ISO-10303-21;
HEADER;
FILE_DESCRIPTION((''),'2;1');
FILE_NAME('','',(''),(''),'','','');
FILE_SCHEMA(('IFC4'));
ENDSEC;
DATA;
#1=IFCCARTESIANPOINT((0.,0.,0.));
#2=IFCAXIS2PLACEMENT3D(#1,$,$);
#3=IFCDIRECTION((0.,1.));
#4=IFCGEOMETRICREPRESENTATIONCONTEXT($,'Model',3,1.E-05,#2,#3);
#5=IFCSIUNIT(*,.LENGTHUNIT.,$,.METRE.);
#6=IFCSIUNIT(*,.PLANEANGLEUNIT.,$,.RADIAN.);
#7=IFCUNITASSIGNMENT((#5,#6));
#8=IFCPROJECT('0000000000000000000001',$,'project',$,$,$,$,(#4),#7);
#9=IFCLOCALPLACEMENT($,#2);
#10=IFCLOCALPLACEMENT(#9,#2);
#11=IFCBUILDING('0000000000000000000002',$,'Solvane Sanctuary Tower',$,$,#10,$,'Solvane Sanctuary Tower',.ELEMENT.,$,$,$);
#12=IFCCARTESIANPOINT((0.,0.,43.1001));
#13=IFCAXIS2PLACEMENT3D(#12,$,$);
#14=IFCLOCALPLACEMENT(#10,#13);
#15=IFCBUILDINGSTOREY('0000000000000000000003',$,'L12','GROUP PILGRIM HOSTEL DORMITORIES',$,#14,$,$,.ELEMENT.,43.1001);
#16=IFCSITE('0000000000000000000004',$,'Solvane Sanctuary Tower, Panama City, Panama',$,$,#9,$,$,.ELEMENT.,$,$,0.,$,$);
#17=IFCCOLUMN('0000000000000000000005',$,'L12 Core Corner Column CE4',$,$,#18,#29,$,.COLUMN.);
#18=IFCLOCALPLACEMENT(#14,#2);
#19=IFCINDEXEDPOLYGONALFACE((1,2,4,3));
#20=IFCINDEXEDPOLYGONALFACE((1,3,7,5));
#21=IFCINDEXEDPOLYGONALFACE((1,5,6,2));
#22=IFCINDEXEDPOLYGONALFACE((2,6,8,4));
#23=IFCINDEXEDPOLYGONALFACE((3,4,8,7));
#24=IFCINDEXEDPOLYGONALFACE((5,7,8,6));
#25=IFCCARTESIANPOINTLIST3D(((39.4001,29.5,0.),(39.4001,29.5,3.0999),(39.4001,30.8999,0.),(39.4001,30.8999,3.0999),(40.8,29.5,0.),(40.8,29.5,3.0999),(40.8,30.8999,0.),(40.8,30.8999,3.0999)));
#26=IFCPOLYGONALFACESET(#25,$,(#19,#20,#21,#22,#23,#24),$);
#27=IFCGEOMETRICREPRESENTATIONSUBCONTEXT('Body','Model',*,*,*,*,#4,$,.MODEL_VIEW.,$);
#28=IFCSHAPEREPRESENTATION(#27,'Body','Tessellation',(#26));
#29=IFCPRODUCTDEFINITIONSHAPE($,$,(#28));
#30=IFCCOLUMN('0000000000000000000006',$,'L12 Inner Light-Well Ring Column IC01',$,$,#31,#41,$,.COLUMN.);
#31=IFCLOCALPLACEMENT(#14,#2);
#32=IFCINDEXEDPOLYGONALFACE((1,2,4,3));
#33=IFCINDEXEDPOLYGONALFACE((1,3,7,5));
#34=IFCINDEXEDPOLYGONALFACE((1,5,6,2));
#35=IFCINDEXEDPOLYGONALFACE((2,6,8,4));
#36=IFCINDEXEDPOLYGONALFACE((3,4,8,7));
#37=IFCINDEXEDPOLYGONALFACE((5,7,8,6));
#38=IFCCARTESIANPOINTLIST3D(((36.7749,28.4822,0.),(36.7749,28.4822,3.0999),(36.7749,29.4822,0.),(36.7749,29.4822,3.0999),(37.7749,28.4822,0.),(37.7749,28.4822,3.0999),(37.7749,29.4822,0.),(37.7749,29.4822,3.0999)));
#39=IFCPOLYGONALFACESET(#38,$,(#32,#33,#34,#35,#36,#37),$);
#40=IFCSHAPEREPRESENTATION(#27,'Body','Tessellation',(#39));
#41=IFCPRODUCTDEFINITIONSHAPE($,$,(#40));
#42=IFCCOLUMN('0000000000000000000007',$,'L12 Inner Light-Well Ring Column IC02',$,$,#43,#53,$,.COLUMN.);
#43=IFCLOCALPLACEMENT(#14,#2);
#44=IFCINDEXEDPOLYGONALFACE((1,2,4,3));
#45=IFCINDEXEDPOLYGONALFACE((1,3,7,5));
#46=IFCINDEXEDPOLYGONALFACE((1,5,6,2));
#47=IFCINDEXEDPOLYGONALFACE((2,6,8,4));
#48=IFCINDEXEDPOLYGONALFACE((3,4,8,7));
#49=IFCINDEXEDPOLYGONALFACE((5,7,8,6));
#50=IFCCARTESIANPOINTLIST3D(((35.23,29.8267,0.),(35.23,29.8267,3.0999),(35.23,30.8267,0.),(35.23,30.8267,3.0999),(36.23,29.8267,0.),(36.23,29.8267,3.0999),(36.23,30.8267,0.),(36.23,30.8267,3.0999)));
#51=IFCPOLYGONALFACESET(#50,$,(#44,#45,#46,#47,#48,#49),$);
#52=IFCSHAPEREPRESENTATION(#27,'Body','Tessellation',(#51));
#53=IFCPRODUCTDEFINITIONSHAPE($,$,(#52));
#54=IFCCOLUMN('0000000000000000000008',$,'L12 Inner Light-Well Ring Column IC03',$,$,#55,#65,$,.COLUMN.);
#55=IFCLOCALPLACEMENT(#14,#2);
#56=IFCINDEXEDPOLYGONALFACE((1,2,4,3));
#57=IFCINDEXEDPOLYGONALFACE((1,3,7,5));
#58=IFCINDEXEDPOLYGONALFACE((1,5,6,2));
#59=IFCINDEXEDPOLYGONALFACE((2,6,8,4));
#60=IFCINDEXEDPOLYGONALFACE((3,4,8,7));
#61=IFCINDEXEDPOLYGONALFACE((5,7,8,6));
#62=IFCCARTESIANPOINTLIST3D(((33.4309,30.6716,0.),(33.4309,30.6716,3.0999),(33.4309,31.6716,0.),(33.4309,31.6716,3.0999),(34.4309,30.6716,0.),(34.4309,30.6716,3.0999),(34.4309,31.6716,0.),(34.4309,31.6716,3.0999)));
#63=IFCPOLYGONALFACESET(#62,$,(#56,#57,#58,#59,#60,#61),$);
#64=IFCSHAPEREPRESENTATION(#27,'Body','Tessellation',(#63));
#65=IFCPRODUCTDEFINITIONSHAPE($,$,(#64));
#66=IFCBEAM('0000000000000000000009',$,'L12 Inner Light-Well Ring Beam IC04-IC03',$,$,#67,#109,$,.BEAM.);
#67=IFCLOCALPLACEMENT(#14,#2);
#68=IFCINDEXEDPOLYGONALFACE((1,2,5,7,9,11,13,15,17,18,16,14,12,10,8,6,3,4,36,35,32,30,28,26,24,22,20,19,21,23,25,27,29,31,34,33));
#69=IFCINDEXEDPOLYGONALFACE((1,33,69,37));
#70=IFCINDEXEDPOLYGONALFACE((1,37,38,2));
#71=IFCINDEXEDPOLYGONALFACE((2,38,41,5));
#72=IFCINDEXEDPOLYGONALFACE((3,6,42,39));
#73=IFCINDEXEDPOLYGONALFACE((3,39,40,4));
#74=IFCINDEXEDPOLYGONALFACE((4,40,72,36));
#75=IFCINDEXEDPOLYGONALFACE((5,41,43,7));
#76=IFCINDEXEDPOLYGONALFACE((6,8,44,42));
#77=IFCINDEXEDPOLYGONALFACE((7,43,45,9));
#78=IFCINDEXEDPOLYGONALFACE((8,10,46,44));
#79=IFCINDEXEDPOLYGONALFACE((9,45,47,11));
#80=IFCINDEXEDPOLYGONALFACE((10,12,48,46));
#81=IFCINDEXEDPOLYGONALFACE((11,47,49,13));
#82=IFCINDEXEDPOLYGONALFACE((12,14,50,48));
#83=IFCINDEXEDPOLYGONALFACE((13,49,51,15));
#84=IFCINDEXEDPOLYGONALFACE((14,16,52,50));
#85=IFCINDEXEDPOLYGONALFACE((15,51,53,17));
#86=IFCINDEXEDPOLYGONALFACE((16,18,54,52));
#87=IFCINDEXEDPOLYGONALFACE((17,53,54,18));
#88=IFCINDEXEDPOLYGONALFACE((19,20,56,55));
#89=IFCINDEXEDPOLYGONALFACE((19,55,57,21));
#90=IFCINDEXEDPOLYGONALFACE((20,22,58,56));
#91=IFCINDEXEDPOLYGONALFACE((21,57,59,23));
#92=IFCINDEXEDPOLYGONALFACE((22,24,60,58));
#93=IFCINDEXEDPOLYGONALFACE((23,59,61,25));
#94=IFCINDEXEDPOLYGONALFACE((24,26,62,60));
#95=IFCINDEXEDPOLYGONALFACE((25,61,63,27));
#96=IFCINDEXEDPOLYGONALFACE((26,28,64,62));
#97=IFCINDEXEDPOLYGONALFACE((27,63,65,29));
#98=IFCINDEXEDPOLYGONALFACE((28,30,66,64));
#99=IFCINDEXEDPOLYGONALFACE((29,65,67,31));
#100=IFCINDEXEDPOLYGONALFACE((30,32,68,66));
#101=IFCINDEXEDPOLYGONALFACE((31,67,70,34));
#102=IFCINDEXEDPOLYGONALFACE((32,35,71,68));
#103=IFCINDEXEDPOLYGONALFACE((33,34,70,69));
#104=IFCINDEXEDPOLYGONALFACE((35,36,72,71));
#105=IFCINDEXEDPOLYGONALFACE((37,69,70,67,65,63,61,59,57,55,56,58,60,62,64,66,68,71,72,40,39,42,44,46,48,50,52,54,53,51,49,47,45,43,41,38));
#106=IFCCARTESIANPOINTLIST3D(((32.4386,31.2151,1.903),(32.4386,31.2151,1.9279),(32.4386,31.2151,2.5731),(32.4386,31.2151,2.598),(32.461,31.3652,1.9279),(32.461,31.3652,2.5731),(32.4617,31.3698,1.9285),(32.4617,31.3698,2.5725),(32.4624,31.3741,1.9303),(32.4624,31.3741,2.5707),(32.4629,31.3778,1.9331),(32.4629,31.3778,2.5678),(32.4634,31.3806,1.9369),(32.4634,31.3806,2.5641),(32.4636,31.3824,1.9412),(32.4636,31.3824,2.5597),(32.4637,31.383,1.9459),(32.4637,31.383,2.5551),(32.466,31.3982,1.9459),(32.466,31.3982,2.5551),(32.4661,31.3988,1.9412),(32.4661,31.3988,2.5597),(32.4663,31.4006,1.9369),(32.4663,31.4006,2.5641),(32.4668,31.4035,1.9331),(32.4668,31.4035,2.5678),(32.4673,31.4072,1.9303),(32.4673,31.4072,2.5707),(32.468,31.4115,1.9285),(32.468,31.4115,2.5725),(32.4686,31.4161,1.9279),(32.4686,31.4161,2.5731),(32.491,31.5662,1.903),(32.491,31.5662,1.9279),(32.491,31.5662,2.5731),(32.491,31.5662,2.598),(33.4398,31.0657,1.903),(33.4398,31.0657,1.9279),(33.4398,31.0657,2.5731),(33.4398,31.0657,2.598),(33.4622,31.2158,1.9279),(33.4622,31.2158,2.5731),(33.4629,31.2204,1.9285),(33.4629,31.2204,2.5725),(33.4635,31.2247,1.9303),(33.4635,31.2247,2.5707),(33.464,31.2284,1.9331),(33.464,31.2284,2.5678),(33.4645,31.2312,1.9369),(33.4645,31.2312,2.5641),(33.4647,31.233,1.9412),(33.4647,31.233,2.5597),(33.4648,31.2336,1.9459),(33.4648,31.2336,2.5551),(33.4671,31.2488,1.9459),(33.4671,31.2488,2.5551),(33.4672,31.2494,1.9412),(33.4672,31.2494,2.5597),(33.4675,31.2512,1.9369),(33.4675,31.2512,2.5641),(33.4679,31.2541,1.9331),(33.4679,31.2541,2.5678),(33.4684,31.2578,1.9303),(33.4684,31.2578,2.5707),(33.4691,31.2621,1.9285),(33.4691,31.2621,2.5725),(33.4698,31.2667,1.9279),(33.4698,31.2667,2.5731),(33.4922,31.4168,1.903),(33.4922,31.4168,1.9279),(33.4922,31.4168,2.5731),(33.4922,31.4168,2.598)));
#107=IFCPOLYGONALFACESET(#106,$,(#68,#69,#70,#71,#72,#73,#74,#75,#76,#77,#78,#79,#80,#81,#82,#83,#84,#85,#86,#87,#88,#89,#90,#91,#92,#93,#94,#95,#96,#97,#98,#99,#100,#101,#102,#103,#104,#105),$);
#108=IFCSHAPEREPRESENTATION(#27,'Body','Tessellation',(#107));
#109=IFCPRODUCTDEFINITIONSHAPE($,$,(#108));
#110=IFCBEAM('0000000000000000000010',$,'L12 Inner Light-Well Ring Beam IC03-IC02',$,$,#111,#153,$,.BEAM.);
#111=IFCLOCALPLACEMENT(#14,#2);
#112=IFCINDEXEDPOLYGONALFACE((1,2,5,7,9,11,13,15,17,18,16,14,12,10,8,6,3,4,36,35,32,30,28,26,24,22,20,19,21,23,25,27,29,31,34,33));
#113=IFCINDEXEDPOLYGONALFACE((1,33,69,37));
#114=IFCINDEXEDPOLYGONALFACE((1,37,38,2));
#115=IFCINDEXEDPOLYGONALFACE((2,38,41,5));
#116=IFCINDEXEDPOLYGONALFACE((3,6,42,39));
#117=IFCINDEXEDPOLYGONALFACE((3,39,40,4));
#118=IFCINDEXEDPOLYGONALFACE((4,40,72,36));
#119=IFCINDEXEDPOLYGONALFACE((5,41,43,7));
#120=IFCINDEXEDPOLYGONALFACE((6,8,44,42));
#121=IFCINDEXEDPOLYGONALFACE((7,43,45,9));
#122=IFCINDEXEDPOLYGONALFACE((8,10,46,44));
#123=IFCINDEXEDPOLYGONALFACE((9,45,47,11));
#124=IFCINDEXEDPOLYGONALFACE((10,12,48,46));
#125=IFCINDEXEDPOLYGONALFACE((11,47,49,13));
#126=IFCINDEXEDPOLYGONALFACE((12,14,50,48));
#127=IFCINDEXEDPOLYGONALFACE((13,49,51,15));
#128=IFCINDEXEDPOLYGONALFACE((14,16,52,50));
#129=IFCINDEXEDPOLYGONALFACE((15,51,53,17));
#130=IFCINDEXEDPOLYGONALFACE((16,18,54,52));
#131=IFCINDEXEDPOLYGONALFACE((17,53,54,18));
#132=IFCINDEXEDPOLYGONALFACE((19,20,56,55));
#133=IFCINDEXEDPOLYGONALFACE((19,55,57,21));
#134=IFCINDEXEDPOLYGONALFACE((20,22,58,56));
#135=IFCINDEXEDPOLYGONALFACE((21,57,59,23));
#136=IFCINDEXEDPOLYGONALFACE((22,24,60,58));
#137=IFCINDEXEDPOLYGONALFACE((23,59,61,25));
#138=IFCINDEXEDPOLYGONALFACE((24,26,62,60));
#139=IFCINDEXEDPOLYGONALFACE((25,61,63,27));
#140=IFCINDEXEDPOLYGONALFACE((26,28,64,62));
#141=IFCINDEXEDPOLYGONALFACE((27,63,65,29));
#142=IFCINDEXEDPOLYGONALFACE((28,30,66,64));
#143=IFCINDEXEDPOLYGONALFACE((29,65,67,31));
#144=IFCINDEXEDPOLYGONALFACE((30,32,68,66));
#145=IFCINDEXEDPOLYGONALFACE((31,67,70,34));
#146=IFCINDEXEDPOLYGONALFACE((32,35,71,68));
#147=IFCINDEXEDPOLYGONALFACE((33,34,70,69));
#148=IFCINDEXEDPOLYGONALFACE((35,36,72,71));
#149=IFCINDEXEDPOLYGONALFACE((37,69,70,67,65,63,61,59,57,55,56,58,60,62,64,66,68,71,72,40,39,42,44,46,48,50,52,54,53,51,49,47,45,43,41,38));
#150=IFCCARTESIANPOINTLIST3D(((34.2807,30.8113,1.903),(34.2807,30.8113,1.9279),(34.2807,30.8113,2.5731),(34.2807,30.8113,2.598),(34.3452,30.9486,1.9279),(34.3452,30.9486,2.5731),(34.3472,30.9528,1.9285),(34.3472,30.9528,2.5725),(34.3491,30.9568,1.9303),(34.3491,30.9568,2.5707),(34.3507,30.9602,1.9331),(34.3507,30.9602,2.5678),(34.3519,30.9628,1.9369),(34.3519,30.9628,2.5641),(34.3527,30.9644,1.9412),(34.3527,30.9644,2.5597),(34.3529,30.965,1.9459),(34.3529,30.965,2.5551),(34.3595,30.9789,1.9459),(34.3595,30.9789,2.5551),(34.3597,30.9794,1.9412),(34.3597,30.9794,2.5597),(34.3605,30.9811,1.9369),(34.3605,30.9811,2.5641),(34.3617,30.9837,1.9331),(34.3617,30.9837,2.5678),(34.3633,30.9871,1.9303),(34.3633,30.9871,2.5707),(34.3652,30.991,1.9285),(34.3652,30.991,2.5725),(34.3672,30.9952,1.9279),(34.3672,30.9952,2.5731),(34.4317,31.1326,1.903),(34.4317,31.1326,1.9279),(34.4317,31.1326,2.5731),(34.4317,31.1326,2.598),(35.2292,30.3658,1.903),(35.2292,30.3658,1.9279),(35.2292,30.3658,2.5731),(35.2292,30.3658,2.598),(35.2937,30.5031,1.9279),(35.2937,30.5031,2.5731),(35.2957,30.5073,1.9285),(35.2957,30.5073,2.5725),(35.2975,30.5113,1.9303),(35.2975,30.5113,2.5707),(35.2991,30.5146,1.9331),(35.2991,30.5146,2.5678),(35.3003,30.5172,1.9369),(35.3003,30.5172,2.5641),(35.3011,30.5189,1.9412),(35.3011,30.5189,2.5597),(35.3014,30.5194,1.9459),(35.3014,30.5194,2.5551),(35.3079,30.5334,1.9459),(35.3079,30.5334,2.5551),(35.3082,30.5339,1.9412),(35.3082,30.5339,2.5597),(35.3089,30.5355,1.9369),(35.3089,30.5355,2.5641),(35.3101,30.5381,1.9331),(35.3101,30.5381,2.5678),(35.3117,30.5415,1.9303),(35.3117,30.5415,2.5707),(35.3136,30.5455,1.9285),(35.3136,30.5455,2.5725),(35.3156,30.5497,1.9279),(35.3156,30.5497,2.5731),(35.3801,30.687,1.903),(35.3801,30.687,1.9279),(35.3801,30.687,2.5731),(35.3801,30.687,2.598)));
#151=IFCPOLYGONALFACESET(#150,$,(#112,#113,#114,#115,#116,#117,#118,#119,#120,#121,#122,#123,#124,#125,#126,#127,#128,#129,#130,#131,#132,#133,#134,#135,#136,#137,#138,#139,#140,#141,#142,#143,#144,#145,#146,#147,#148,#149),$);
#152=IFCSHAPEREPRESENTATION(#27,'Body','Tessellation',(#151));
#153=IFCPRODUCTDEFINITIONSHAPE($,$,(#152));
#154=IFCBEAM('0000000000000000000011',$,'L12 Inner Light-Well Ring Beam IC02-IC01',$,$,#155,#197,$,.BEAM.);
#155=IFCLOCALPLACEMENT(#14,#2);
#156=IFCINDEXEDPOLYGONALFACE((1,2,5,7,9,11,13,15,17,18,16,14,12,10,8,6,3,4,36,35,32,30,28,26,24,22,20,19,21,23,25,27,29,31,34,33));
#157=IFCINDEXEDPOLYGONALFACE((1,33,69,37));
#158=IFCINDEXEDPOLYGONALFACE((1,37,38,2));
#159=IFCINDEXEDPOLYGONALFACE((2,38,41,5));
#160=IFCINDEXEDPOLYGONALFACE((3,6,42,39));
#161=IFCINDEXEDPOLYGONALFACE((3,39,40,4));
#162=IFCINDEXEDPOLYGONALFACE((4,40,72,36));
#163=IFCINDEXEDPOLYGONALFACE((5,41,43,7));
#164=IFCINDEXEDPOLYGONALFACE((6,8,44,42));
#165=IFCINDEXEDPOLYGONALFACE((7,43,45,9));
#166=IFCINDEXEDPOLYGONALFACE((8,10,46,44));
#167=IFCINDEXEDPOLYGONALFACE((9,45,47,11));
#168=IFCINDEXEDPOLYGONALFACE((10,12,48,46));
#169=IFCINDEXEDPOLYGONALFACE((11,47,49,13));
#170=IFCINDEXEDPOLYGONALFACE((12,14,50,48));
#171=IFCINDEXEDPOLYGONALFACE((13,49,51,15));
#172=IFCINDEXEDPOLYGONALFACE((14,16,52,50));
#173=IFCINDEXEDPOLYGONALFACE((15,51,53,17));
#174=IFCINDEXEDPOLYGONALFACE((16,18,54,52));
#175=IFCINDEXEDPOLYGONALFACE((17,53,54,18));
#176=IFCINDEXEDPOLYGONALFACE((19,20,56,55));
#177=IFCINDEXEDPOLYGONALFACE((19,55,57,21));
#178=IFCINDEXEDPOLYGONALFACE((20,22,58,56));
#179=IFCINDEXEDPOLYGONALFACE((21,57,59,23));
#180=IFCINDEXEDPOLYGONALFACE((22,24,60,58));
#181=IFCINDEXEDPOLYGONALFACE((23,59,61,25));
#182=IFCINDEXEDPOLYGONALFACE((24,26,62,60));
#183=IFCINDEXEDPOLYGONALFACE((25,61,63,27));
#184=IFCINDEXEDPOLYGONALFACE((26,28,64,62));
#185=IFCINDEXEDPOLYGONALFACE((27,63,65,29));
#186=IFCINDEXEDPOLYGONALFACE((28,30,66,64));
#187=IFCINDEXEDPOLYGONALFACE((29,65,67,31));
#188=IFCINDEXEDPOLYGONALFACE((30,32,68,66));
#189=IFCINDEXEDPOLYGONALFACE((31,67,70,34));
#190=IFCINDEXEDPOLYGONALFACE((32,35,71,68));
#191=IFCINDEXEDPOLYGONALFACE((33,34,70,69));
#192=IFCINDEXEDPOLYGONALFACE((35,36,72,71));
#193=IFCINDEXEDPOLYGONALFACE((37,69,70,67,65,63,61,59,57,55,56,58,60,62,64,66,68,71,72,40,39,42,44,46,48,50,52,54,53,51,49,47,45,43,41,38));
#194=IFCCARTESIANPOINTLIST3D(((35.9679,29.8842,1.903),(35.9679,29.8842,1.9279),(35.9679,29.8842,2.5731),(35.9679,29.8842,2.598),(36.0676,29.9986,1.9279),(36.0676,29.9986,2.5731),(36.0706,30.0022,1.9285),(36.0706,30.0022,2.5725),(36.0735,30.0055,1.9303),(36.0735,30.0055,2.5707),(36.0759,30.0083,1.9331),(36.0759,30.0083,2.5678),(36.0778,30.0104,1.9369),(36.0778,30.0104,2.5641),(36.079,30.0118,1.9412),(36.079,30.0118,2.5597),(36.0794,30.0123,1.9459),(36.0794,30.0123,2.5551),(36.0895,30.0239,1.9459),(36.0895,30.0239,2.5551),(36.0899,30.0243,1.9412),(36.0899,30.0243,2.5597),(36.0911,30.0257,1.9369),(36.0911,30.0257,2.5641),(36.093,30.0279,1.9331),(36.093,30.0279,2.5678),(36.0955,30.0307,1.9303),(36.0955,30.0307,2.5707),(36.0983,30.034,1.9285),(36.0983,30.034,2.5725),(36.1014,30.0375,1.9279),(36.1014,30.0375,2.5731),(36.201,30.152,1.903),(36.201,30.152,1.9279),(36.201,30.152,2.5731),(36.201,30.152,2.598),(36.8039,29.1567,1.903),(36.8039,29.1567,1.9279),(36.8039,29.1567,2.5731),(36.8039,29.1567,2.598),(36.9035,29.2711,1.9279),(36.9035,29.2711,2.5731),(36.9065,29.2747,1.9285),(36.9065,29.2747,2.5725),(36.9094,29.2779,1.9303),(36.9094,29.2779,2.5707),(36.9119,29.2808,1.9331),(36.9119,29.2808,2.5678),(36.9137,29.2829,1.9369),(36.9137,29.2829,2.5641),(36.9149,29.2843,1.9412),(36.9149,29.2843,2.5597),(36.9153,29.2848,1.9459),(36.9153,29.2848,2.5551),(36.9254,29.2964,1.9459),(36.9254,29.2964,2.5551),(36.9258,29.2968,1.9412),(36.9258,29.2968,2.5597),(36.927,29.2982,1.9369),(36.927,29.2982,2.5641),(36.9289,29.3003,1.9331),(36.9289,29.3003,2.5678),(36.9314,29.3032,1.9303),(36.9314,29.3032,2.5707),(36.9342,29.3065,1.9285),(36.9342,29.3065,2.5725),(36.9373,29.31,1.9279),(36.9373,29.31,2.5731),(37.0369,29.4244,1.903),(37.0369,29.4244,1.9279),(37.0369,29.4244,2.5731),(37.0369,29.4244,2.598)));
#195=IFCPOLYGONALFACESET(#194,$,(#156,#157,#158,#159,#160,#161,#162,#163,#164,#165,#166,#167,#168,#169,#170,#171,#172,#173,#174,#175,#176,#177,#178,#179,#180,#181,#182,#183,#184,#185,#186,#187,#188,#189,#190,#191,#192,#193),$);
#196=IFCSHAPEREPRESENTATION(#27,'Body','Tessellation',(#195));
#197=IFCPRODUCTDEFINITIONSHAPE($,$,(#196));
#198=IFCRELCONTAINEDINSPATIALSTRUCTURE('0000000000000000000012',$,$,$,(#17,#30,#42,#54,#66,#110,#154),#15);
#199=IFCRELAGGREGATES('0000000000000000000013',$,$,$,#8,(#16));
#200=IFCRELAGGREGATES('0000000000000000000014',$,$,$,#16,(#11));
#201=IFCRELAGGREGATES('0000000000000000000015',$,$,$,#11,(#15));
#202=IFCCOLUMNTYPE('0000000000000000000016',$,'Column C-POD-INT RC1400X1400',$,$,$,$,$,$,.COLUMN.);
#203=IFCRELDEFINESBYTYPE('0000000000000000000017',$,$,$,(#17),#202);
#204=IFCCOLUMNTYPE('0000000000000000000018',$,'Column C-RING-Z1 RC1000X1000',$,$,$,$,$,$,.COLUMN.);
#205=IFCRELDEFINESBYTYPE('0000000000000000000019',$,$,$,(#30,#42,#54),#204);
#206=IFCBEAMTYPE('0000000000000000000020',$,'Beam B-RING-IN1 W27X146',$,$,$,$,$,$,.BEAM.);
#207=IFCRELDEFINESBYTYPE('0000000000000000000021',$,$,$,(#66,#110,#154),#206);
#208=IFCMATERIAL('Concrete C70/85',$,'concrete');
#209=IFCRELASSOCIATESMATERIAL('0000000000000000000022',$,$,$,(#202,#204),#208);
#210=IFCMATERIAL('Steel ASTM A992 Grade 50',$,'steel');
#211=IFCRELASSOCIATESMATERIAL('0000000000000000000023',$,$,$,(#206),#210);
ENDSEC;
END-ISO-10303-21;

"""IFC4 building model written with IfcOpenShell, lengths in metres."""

from ifc_helpers import new_model, si_unit, direction, frame, origin, origin_2d, place, context, subcontext, project, spatial, rectangle, i_section, extrude, material, material_profile, profile_set, type_object, element, save


model = new_model("IFC4")

# Units and contexts
model_context = context("Model", 3, precision=1e-05, world=origin(), true_north=direction((0.0, 1.0)))
body_context = subcontext(model_context, "Body", "Model", "MODEL_VIEW")
ifc_project = project(units=[si_unit("LENGTHUNIT", "METRE"), si_unit("PLANEANGLEUNIT", "RADIAN")], contexts=[model_context])

# Site, building, storey
site_placement = place(None, origin())
site = spatial("IfcSite", under=ifc_project, at=site_placement, Name="Solvane Sanctuary Tower, Panama City, Panama", CompositionType="ELEMENT", RefElevation=0.0)
building_placement = place(site_placement, origin())
building = spatial("IfcBuilding", under=site, at=building_placement, Name="Solvane Sanctuary Tower", LongName="Solvane Sanctuary Tower", CompositionType="ELEMENT")
storey_placement = place(building_placement, frame((0.0, 0.0, 43.1001)))
storey = spatial("IfcBuildingStorey", under=building, at=storey_placement, Name="L12", Description="GROUP PILGRIM HOSTEL DORMITORIES", CompositionType="ELEMENT", Elevation=43.1001)

# Columns
ifc_material_1 = material(Name="Concrete C70/85", Category="concrete")
ifc_material_profile_1 = material_profile(ifc_material_1, rectangle(XDim=1.3999, YDim=1.3999, at=origin_2d()), Name="RC1400X1400")
ifc_profile_set_1 = profile_set([ifc_material_profile_1], Name="Concrete C70/85")
column_type_1 = type_object("IfcColumnType", Name="Column C-POD-INT RC1400X1400", PredefinedType="COLUMN", material=ifc_profile_set_1)
column_placement = place(storey_placement, frame((40.1001, 30.2, 0.0), z_axis=(0.0, 0.0, 1.0), x_axis=(1.0, 0.0, 0.0)))
element("IfcColumn", 1, at=column_placement, inside=storey, type_object=column_type_1, Name="L12 Core Corner Column CE4", PredefinedType="COLUMN", context=body_context, shape_type="SweptSolid", body=[
    extrude(rectangle(XDim=1.3999, YDim=1.3999, at=origin_2d()), origin(), (0.0, 0.0, 1.0), 3.0999),
])
ifc_material_profile_2 = material_profile(ifc_material_1, rectangle(XDim=1.0, YDim=1.0, at=origin_2d()), Name="RC1000X1000")
ifc_profile_set_2 = profile_set([ifc_material_profile_2], Name="Concrete C70/85")
column_type_2 = type_object("IfcColumnType", Name="Column C-RING-Z1 RC1000X1000", PredefinedType="COLUMN", material=ifc_profile_set_2)
for number, where, z_axis, x_axis, name in (
    (2, (37.2749, 28.9822, 0.0), (0.0, 0.0, 1.0), (1.0, 0.0, 0.0), "L12 Inner Light-Well Ring Column IC01"),
    (3, (35.73, 30.3267, 0.0), (0.0, 0.0, 1.0), (1.0, 0.0, 0.0), "L12 Inner Light-Well Ring Column IC02"),
    (4, (33.9309, 31.1716, 0.0), (0.0, 0.0, 1.0), (1.0, 0.0, 0.0), "L12 Inner Light-Well Ring Column IC03"),
):
    element("IfcColumn", number, at=place(storey_placement, frame(where, z_axis=z_axis, x_axis=x_axis)), inside=storey, type_object=column_type_2, Name=name, PredefinedType="COLUMN", context=body_context, shape_type="SweptSolid", body=[
        extrude(rectangle(XDim=1.0, YDim=1.0, at=origin_2d()), origin(), (0.0, 0.0, 1.0), 3.0999),
    ])

# Beams
ifc_material_2 = material(Name="Steel ASTM A992 Grade 50", Category="steel")
ifc_material_profile_3 = material_profile(ifc_material_2, i_section(OverallWidth=0.355, OverallDepth=0.6951, WebThickness=0.0154, FlangeThickness=0.0249, FilletRadius=0.0181, at=origin_2d()), Name="W27X146")
ifc_profile_set_3 = profile_set([ifc_material_profile_3], Name="Steel ASTM A992 Grade 50")
beam_type_1 = type_object("IfcBeamType", Name="Beam B-RING-IN1 W27X146", PredefinedType="BEAM", material=ifc_profile_set_3)
beam_1_placement = place(storey_placement, frame((32.4648, 31.3906, 2.2505), z_axis=(0.989048, -0.147597, 0.0), x_axis=(0.147597, 0.989048, 0.0)))
element("IfcBeam", 5, at=beam_1_placement, inside=storey, type_object=beam_type_1, Name="L12 Inner Light-Well Ring Beam IC04-IC03", PredefinedType="BEAM", context=body_context, shape_type="SweptSolid", body=[
    extrude(i_section(OverallWidth=0.355, OverallDepth=0.6951, WebThickness=0.0154, FlangeThickness=0.0249, FilletRadius=0.0181, at=origin_2d()), origin(), (0.0, 0.0, 1.0), 1.0122),
])
beam_2_placement = place(storey_placement, frame((34.3562, 30.9719, 2.2505), z_axis=(0.905109, -0.42518, 0.0), x_axis=(0.42518, 0.905109, 0.0)))
element("IfcBeam", 6, at=beam_2_placement, inside=storey, type_object=beam_type_1, Name="L12 Inner Light-Well Ring Beam IC03-IC02", PredefinedType="BEAM", context=body_context, shape_type="SweptSolid", body=[
    extrude(i_section(OverallWidth=0.355, OverallDepth=0.6951, WebThickness=0.0154, FlangeThickness=0.0249, FilletRadius=0.0181, at=origin_2d()), origin(), (0.0, 0.0, 1.0), 1.0479),
])
beam_3_placement = place(storey_placement, frame((36.0845, 30.0181, 2.2505), z_axis=(0.754321, -0.656506, 0.0), x_axis=(0.656506, 0.754321, 0.0)))
element("IfcBeam", 7, at=beam_3_placement, inside=storey, type_object=beam_type_1, Name="L12 Inner Light-Well Ring Beam IC02-IC01", PredefinedType="BEAM", context=body_context, shape_type="SweptSolid", body=[
    extrude(i_section(OverallWidth=0.355, OverallDepth=0.6951, WebThickness=0.0154, FlangeThickness=0.0249, FilletRadius=0.0181, at=origin_2d()), origin(), (0.0, 0.0, 1.0), 1.1082),
])

save(model, "model.ifc")
